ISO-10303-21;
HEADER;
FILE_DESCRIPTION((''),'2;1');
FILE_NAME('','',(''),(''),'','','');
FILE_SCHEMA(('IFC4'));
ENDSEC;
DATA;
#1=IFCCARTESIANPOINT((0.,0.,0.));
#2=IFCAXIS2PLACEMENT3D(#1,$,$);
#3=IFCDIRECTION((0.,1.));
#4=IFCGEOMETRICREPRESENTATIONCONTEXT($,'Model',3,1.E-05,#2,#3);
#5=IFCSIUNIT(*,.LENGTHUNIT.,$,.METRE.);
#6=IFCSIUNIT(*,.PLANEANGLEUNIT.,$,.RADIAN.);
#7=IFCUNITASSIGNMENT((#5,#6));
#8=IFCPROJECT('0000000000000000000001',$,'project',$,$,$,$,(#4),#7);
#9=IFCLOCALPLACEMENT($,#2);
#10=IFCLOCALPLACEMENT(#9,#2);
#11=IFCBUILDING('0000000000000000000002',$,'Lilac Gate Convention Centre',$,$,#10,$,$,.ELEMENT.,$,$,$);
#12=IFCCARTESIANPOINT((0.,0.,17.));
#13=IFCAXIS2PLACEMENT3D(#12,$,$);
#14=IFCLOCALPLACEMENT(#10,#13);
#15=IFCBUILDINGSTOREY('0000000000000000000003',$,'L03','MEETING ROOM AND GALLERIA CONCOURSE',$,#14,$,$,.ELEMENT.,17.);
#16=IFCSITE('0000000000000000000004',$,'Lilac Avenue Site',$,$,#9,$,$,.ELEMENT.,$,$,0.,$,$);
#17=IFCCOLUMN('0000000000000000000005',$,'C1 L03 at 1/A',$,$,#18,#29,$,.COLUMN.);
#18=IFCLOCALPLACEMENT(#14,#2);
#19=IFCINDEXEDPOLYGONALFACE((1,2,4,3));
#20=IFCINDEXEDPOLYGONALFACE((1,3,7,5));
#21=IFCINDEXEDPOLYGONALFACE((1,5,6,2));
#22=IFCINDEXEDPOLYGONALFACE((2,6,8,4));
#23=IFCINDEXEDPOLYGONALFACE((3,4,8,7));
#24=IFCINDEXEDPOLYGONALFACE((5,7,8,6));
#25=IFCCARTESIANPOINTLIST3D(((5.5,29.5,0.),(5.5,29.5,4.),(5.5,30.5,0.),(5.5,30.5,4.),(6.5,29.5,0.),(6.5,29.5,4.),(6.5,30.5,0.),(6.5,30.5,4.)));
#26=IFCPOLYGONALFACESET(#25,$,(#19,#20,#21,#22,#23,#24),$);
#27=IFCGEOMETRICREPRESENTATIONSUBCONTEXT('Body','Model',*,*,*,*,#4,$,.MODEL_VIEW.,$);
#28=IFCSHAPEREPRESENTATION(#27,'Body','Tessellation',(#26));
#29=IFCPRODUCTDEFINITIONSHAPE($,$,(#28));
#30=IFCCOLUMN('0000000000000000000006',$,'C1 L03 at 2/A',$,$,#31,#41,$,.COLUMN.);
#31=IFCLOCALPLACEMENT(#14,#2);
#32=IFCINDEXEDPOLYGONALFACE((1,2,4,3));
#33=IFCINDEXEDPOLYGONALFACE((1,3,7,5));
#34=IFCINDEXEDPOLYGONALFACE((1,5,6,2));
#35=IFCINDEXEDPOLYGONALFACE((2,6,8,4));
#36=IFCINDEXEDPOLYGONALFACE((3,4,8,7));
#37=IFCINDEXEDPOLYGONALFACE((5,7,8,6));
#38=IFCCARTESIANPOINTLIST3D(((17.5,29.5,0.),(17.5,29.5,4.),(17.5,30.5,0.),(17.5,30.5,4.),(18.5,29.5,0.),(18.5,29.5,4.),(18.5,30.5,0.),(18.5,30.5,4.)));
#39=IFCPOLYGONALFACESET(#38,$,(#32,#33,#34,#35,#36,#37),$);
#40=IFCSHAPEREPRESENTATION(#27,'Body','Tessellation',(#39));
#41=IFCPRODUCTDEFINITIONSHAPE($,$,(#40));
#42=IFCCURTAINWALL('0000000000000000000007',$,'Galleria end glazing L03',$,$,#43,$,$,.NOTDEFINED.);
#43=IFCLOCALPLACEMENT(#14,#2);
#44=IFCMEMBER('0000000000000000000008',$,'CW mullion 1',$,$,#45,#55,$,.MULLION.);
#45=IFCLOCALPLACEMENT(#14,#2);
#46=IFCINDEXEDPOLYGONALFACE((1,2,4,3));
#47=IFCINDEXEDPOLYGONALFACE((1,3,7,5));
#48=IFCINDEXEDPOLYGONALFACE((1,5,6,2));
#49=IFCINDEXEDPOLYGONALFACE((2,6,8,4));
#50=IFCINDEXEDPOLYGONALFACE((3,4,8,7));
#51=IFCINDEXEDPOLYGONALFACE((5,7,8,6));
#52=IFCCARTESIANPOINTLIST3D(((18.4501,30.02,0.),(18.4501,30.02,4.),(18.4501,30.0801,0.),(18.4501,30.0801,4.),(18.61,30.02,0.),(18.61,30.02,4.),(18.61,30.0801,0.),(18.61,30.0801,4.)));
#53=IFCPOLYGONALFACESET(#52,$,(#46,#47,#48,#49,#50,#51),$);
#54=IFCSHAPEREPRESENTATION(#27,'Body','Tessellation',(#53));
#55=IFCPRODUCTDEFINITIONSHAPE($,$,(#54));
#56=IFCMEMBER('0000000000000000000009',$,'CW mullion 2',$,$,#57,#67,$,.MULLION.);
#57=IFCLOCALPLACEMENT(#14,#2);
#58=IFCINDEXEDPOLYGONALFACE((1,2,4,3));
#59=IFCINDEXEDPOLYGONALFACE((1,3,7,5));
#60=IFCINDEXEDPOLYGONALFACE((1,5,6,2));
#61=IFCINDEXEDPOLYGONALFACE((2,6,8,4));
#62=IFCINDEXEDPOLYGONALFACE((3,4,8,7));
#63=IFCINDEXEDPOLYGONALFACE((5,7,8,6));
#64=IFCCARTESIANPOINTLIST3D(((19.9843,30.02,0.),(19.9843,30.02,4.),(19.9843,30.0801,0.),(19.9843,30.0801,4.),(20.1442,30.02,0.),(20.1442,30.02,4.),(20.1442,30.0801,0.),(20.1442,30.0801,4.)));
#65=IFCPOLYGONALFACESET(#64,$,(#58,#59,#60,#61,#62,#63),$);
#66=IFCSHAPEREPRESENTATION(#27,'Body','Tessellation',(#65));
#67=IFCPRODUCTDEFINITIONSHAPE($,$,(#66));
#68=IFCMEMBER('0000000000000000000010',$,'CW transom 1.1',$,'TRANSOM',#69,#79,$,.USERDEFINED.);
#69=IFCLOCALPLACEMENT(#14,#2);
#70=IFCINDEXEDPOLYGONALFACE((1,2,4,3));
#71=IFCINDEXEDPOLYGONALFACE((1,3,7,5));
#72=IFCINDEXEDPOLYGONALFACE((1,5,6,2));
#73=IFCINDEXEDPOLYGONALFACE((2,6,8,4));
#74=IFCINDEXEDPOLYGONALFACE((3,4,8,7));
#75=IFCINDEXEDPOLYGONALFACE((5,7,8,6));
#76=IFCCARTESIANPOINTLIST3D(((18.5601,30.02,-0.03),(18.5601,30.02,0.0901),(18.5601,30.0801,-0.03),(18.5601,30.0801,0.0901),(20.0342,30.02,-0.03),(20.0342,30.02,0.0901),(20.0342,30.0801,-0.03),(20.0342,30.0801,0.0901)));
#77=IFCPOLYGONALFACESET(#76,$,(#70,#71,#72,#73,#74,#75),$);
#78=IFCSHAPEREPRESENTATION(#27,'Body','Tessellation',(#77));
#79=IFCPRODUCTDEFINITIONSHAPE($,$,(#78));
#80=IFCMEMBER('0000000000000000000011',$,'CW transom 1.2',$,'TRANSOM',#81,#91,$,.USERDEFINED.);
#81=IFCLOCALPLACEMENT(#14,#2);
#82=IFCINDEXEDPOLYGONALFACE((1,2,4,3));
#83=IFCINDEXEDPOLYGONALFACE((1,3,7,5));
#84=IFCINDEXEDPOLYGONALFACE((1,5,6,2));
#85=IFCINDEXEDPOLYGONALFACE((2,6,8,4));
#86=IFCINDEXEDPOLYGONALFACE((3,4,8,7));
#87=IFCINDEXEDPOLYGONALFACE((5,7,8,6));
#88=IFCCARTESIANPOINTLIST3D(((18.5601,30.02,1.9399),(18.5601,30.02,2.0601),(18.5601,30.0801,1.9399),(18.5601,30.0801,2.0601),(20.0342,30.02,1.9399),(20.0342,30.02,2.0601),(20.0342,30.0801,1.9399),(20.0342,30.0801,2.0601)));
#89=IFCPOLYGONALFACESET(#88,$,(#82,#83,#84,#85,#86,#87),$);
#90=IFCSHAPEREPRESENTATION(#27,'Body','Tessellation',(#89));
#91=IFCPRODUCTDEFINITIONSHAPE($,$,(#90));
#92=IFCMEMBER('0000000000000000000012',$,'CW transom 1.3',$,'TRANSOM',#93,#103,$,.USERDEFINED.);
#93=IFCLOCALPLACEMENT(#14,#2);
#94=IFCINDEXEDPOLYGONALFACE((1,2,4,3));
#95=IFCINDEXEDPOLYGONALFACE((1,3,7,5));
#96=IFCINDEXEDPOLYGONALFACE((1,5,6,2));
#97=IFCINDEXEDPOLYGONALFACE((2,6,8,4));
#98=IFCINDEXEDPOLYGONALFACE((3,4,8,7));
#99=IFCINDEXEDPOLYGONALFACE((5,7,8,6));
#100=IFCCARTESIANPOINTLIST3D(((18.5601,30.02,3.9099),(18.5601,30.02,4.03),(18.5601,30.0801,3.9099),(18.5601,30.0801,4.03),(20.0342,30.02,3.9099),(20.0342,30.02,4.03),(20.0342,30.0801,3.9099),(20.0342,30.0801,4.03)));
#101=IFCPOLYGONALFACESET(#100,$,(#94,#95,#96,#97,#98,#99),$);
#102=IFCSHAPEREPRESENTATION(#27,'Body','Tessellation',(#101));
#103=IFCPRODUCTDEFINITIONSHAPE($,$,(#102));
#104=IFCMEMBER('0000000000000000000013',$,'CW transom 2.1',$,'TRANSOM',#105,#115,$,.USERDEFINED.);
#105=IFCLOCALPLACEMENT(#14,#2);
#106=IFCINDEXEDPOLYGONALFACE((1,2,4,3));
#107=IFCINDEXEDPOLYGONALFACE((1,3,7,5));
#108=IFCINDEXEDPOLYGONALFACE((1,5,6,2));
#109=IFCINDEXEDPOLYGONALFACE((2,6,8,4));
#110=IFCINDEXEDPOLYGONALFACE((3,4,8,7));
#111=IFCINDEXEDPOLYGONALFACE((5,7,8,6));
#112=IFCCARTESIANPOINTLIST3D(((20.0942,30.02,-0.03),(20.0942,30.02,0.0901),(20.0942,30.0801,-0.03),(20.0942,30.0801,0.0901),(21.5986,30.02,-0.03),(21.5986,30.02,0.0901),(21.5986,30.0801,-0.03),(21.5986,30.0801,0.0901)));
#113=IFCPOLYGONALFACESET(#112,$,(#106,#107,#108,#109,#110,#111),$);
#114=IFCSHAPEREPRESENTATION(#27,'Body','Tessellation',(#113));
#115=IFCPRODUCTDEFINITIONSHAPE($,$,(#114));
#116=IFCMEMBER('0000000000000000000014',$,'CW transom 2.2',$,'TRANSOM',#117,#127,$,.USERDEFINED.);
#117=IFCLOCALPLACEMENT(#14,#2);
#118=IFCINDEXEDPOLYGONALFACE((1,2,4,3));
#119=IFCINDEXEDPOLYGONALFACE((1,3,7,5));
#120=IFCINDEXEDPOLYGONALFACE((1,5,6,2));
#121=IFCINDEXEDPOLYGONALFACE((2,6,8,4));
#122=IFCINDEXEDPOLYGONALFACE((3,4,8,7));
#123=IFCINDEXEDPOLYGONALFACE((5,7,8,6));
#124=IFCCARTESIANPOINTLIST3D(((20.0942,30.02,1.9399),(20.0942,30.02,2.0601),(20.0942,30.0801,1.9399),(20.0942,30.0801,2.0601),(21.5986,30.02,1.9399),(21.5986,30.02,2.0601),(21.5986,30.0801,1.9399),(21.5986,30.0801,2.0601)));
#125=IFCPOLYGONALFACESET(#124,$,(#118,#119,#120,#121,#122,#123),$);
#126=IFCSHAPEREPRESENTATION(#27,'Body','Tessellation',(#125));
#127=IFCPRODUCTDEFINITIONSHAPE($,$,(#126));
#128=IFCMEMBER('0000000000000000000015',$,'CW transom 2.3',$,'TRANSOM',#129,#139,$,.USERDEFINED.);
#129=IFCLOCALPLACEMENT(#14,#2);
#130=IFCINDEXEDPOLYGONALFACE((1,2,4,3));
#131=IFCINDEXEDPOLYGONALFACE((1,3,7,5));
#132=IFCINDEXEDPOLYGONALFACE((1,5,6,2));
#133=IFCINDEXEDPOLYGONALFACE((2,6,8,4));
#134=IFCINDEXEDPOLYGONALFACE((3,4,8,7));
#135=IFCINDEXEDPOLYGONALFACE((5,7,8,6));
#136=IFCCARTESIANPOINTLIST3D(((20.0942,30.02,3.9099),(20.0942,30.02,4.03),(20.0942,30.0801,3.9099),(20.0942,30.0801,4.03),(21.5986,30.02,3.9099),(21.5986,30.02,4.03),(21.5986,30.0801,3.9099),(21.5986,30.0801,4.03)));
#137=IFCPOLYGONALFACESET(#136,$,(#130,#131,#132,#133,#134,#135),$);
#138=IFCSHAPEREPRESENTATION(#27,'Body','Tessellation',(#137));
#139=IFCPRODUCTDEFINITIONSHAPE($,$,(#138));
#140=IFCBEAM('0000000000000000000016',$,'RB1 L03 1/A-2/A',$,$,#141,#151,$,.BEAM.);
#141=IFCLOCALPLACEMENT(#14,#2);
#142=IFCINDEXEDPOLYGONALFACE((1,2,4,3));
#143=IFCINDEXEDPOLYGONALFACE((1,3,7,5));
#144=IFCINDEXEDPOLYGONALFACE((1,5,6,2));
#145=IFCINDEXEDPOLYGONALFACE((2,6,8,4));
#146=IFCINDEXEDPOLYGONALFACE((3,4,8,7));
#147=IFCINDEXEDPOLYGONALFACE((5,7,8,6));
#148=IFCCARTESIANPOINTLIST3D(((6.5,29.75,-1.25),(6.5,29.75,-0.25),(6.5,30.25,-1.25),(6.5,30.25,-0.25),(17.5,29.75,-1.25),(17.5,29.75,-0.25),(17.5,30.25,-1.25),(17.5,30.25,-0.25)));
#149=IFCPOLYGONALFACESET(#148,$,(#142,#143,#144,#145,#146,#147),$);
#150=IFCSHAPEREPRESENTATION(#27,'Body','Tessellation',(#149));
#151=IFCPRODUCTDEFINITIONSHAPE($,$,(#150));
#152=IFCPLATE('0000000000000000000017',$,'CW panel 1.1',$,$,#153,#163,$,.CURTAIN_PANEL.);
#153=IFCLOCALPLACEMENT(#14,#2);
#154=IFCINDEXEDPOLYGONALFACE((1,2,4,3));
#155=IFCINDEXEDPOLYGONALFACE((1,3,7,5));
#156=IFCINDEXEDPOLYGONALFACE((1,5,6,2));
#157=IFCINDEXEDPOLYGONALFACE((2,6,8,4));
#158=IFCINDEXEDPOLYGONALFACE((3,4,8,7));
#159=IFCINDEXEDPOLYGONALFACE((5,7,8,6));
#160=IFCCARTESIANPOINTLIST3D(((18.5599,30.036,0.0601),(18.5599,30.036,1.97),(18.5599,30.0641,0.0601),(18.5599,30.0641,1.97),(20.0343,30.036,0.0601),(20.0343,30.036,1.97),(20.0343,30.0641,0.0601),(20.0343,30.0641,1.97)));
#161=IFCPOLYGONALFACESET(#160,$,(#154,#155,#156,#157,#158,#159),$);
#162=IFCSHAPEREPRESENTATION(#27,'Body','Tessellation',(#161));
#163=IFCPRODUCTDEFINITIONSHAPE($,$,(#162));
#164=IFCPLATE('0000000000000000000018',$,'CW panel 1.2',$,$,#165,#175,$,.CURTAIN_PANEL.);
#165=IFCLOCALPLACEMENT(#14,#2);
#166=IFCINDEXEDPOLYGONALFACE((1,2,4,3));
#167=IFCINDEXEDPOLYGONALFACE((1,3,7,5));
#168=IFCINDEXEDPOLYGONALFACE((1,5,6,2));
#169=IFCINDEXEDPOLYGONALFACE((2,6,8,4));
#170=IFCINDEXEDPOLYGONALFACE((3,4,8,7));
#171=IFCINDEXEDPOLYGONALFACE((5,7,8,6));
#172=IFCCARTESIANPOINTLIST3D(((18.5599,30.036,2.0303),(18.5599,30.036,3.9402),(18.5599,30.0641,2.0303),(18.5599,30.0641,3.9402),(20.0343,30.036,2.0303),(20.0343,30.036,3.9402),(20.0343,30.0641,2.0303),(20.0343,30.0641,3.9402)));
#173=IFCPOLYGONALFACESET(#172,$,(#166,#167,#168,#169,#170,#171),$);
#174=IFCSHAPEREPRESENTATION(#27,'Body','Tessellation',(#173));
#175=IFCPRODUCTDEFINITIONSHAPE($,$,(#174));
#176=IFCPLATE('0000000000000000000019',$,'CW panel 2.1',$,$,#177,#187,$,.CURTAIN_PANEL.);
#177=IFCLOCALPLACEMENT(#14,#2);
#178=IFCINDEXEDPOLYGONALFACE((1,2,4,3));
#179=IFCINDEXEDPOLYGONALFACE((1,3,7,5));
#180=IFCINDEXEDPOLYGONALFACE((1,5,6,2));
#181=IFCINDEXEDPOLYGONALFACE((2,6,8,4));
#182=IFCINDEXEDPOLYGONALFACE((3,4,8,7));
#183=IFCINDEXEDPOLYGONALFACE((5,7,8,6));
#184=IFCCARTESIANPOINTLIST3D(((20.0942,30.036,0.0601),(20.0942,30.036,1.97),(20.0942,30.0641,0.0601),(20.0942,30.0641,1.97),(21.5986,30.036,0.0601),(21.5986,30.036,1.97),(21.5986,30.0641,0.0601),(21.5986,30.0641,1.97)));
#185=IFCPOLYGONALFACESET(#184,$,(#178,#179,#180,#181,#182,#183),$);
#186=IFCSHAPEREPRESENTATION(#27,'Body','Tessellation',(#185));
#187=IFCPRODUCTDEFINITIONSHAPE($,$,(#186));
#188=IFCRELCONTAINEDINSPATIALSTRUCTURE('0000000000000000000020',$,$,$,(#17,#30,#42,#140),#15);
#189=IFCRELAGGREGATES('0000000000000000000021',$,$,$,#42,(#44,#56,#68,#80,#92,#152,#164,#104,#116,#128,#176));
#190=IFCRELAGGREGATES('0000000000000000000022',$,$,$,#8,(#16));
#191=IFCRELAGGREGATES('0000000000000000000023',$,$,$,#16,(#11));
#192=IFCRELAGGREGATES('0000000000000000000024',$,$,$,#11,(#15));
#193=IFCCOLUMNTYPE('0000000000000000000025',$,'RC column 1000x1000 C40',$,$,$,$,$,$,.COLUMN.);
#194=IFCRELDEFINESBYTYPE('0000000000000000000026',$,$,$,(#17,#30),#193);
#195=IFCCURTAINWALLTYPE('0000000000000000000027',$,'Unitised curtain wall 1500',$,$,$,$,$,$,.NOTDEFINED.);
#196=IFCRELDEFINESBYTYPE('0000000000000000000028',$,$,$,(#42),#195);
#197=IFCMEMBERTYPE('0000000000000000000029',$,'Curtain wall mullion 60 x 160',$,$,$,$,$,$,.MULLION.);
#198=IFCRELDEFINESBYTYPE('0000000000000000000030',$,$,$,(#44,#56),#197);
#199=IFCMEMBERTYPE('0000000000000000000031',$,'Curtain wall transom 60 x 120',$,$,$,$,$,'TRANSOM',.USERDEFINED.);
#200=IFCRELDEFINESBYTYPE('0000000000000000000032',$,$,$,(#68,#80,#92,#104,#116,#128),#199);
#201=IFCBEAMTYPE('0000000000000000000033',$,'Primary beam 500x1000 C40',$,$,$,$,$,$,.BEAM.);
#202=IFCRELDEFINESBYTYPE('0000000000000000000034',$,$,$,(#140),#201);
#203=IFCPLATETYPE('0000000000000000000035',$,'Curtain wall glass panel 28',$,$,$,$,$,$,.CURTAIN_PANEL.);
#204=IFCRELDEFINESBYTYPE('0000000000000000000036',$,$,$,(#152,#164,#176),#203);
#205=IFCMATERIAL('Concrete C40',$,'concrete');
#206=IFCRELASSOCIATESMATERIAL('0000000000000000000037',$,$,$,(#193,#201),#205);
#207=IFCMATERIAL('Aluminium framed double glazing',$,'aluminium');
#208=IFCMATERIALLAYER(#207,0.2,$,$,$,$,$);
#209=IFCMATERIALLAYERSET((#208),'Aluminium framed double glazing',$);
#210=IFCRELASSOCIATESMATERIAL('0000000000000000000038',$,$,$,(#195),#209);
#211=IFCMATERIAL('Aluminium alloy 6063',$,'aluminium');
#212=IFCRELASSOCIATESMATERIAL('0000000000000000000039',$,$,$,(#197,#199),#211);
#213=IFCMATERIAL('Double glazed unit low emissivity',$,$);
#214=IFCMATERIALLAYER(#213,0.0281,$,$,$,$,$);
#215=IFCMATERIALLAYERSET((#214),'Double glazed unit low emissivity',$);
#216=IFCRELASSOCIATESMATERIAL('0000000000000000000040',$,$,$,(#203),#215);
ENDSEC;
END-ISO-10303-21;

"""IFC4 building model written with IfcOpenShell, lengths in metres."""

from ifc_helpers import new_model, si_unit, direction, frame, origin, origin_2d, place, context, subcontext, project, spatial, rectangle, extrude, material, layer, layer_set, material_profile, profile_set, type_object, element, aggregate, save


model = new_model("IFC4")

# Units and contexts
model_context = context("Model", 3, precision=1e-05, world=origin(), true_north=direction((0.0, 1.0)))
body_context = subcontext(model_context, "Body", "Model", "MODEL_VIEW")
ifc_project = project(units=[si_unit("LENGTHUNIT", "METRE"), si_unit("PLANEANGLEUNIT", "RADIAN")], contexts=[model_context])

# Site, building, storey
site_placement = place(None, origin())
site = spatial("IfcSite", under=ifc_project, at=site_placement, Name="Lilac Avenue Site", CompositionType="ELEMENT", RefElevation=0.0)
building_placement = place(site_placement, origin())
building = spatial("IfcBuilding", under=site, at=building_placement, Name="Lilac Gate Convention Centre", CompositionType="ELEMENT")
storey_placement = place(building_placement, frame((0.0, 0.0, 17.0)))
storey = spatial("IfcBuildingStorey", under=building, at=storey_placement, Name="L03", Description="MEETING ROOM AND GALLERIA CONCOURSE", CompositionType="ELEMENT", Elevation=17.0)

# Columns
ifc_material_1 = material(Name="Concrete C40", Category="concrete")
ifc_material_profile_1 = material_profile(ifc_material_1, rectangle(XDim=1.0, YDim=1.0, at=origin_2d()), Name="RC 1000x1000")
ifc_profile_set_1 = profile_set([ifc_material_profile_1], Name="Concrete C40")
column_type = type_object("IfcColumnType", Name="RC column 1000x1000 C40", PredefinedType="COLUMN", material=ifc_profile_set_1)
for number, where, z_axis, x_axis, name in (
    (1, (6.0, 30.0, 0.0), (0.0, 0.0, 1.0), (1.0, 0.0, 0.0), "C1 L03 at 1/A"),
    (2, (18.0, 30.0, 0.0), (0.0, 0.0, 1.0), (1.0, 0.0, 0.0), "C1 L03 at 2/A"),
):
    element("IfcColumn", number, at=place(storey_placement, frame(where, z_axis=z_axis, x_axis=x_axis)), inside=storey, type_object=column_type, Name=name, PredefinedType="COLUMN", context=body_context, shape_type="SweptSolid", body=[
        extrude(rectangle(XDim=1.0, YDim=1.0, at=origin_2d()), origin(), (0.0, 0.0, 1.0), 4.0),
    ])

# Curtain wall, members
ifc_material_2 = material(Name="Aluminium framed double glazing", Category="aluminium")
ifc_layer_1 = layer(ifc_material_2, 0.2)
ifc_layer_set_1 = layer_set([ifc_layer_1], Name="Aluminium framed double glazing")
curtain_wall_type = type_object("IfcCurtainWallType", Name="Unitised curtain wall 1500", PredefinedType="NOTDEFINED", material=ifc_layer_set_1)
curtain_wall_placement = place(storey_placement, origin())
curtain_wall = element("IfcCurtainWall", 3, at=curtain_wall_placement, inside=storey, type_object=curtain_wall_type, Name="Galleria end glazing L03", PredefinedType="NOTDEFINED")
ifc_material_3 = material(Name="Aluminium alloy 6063", Category="aluminium")
ifc_material_profile_2 = material_profile(ifc_material_3, rectangle(XDim=0.0601, YDim=0.1599, at=origin_2d()), Name="Curtain wall mullion 60 x 160")
ifc_profile_set_2 = profile_set([ifc_material_profile_2], Name="Aluminium alloy 6063")
member_type_1 = type_object("IfcMemberType", Name="Curtain wall mullion 60 x 160", PredefinedType="MULLION", material=ifc_profile_set_2)
member_1_placement = place(storey_placement, frame((18.53, 30.05, 0.0), z_axis=(0.0, 0.0, 1.0), x_axis=(0.0, 1.0, 0.0)))
member_1 = element("IfcMember", 4, at=member_1_placement, type_object=member_type_1, Name="CW mullion 1", PredefinedType="MULLION", context=body_context, shape_type="SweptSolid", body=[
    extrude(rectangle(XDim=0.0601, YDim=0.1599, at=origin_2d()), origin(), (0.0, 0.0, 1.0), 4.0),
])
member_2_placement = place(storey_placement, frame((20.0642, 30.05, 0.0), z_axis=(0.0, 0.0, 1.0), x_axis=(0.0, 1.0, 0.0)))
member_2 = element("IfcMember", 5, at=member_2_placement, type_object=member_type_1, Name="CW mullion 2", PredefinedType="MULLION", context=body_context, shape_type="SweptSolid", body=[
    extrude(rectangle(XDim=0.0601, YDim=0.1599, at=origin_2d()), origin(), (0.0, 0.0, 1.0), 4.0),
])
ifc_material_profile_3 = material_profile(ifc_material_3, rectangle(XDim=0.0601, YDim=0.1201, at=origin_2d()), Name="Curtain wall transom 60 x 120")
ifc_profile_set_3 = profile_set([ifc_material_profile_3], Name="Aluminium alloy 6063")
member_type_2 = type_object("IfcMemberType", Name="Curtain wall transom 60 x 120", ElementType="TRANSOM", PredefinedType="USERDEFINED", material=ifc_profile_set_3)
member_3_placement = place(storey_placement, frame((18.5601, 30.05, 0.03), z_axis=(1.0, 0.0, 0.0), x_axis=(0.0, 1.0, 0.0)))
member_3 = element("IfcMember", 6, at=member_3_placement, type_object=member_type_2, Name="CW transom 1.1", ObjectType="TRANSOM", PredefinedType="USERDEFINED", context=body_context, shape_type="SweptSolid", body=[
    extrude(rectangle(XDim=0.0601, YDim=0.1201, at=origin_2d()), origin(), (0.0, 0.0, 1.0), 1.4741),
])
member_4_placement = place(storey_placement, frame((18.5601, 30.05, 2.0), z_axis=(1.0, 0.0, 0.0), x_axis=(0.0, 1.0, 0.0)))
member_4 = element("IfcMember", 7, at=member_4_placement, type_object=member_type_2, Name="CW transom 1.2", ObjectType="TRANSOM", PredefinedType="USERDEFINED", context=body_context, shape_type="SweptSolid", body=[
    extrude(rectangle(XDim=0.0601, YDim=0.1201, at=origin_2d()), origin(), (0.0, 0.0, 1.0), 1.4741),
])
member_5_placement = place(storey_placement, frame((18.5601, 30.05, 3.97), z_axis=(1.0, 0.0, 0.0), x_axis=(0.0, 1.0, 0.0)))
member_5 = element("IfcMember", 8, at=member_5_placement, type_object=member_type_2, Name="CW transom 1.3", ObjectType="TRANSOM", PredefinedType="USERDEFINED", context=body_context, shape_type="SweptSolid", body=[
    extrude(rectangle(XDim=0.0601, YDim=0.1201, at=origin_2d()), origin(), (0.0, 0.0, 1.0), 1.4741),
])
member_6_placement = place(storey_placement, frame((20.0942, 30.05, 0.03), z_axis=(1.0, 0.0, 0.0), x_axis=(0.0, 1.0, 0.0)))
member_6 = element("IfcMember", 9, at=member_6_placement, type_object=member_type_2, Name="CW transom 2.1", ObjectType="TRANSOM", PredefinedType="USERDEFINED", context=body_context, shape_type="SweptSolid", body=[
    extrude(rectangle(XDim=0.0601, YDim=0.1201, at=origin_2d()), origin(), (0.0, 0.0, 1.0), 1.5044),
])
member_7_placement = place(storey_placement, frame((20.0942, 30.05, 2.0), z_axis=(1.0, 0.0, 0.0), x_axis=(0.0, 1.0, 0.0)))
member_7 = element("IfcMember", 10, at=member_7_placement, type_object=member_type_2, Name="CW transom 2.2", ObjectType="TRANSOM", PredefinedType="USERDEFINED", context=body_context, shape_type="SweptSolid", body=[
    extrude(rectangle(XDim=0.0601, YDim=0.1201, at=origin_2d()), origin(), (0.0, 0.0, 1.0), 1.5044),
])
member_8_placement = place(storey_placement, frame((20.0942, 30.05, 3.97), z_axis=(1.0, 0.0, 0.0), x_axis=(0.0, 1.0, 0.0)))
member_8 = element("IfcMember", 11, at=member_8_placement, type_object=member_type_2, Name="CW transom 2.3", ObjectType="TRANSOM", PredefinedType="USERDEFINED", context=body_context, shape_type="SweptSolid", body=[
    extrude(rectangle(XDim=0.0601, YDim=0.1201, at=origin_2d()), origin(), (0.0, 0.0, 1.0), 1.5044),
])

# Beam
ifc_material_profile_4 = material_profile(ifc_material_1, rectangle(XDim=0.5, YDim=1.0, at=origin_2d()), Name="RC 500x1000")
ifc_profile_set_4 = profile_set([ifc_material_profile_4], Name="Concrete C40")
beam_type = type_object("IfcBeamType", Name="Primary beam 500x1000 C40", PredefinedType="BEAM", material=ifc_profile_set_4)
beam_placement = place(storey_placement, frame((6.5, 30.0, -0.75), z_axis=(1.0, 0.0, 0.0), x_axis=(0.0, 1.0, 0.0)))
element("IfcBeam", 12, at=beam_placement, inside=storey, type_object=beam_type, Name="RB1 L03 1/A-2/A", PredefinedType="BEAM", context=body_context, shape_type="SweptSolid", body=[
    extrude(rectangle(XDim=0.5, YDim=1.0, at=origin_2d()), origin(), (0.0, 0.0, 1.0), 11.0),
])

# Plates
ifc_material_4 = material(Name="Double glazed unit low emissivity")
ifc_layer_2 = layer(ifc_material_4, 0.0281)
ifc_layer_set_2 = layer_set([ifc_layer_2], Name="Double glazed unit low emissivity")
plate_type = type_object("IfcPlateType", Name="Curtain wall glass panel 28", PredefinedType="CURTAIN_PANEL", material=ifc_layer_set_2)
plate_1_placement = place(storey_placement, frame((19.2971, 30.05, 0.0601), z_axis=(0.0, 0.0, 1.0), x_axis=(1.0, 0.0, 0.0)))
plate_1 = element("IfcPlate", 13, at=plate_1_placement, type_object=plate_type, Name="CW panel 1.1", PredefinedType="CURTAIN_PANEL", context=body_context, shape_type="SweptSolid", body=[
    extrude(rectangle(XDim=1.4744, YDim=0.0281, at=origin_2d()), origin(), (0.0, 0.0, 1.0), 1.9099),
])
plate_2_placement = place(storey_placement, frame((19.2971, 30.05, 2.0303), z_axis=(0.0, 0.0, 1.0), x_axis=(1.0, 0.0, 0.0)))
plate_2 = element("IfcPlate", 14, at=plate_2_placement, type_object=plate_type, Name="CW panel 1.2", PredefinedType="CURTAIN_PANEL", context=body_context, shape_type="SweptSolid", body=[
    extrude(rectangle(XDim=1.4744, YDim=0.0281, at=origin_2d()), origin(), (0.0, 0.0, 1.0), 1.9099),
])
plate_3_placement = place(storey_placement, frame((20.8464, 30.05, 0.0601), z_axis=(0.0, 0.0, 1.0), x_axis=(1.0, 0.0, 0.0)))
plate_3 = element("IfcPlate", 15, at=plate_3_placement, type_object=plate_type, Name="CW panel 2.1", PredefinedType="CURTAIN_PANEL", context=body_context, shape_type="SweptSolid", body=[
    extrude(rectangle(XDim=1.5044, YDim=0.0281, at=origin_2d()), origin(), (0.0, 0.0, 1.0), 1.9099),
])
aggregate(curtain_wall, [member_1, member_2, member_3, member_4, member_5, plate_1, plate_2, member_6, member_7, member_8, plate_3])

save(model, "model.ifc")
